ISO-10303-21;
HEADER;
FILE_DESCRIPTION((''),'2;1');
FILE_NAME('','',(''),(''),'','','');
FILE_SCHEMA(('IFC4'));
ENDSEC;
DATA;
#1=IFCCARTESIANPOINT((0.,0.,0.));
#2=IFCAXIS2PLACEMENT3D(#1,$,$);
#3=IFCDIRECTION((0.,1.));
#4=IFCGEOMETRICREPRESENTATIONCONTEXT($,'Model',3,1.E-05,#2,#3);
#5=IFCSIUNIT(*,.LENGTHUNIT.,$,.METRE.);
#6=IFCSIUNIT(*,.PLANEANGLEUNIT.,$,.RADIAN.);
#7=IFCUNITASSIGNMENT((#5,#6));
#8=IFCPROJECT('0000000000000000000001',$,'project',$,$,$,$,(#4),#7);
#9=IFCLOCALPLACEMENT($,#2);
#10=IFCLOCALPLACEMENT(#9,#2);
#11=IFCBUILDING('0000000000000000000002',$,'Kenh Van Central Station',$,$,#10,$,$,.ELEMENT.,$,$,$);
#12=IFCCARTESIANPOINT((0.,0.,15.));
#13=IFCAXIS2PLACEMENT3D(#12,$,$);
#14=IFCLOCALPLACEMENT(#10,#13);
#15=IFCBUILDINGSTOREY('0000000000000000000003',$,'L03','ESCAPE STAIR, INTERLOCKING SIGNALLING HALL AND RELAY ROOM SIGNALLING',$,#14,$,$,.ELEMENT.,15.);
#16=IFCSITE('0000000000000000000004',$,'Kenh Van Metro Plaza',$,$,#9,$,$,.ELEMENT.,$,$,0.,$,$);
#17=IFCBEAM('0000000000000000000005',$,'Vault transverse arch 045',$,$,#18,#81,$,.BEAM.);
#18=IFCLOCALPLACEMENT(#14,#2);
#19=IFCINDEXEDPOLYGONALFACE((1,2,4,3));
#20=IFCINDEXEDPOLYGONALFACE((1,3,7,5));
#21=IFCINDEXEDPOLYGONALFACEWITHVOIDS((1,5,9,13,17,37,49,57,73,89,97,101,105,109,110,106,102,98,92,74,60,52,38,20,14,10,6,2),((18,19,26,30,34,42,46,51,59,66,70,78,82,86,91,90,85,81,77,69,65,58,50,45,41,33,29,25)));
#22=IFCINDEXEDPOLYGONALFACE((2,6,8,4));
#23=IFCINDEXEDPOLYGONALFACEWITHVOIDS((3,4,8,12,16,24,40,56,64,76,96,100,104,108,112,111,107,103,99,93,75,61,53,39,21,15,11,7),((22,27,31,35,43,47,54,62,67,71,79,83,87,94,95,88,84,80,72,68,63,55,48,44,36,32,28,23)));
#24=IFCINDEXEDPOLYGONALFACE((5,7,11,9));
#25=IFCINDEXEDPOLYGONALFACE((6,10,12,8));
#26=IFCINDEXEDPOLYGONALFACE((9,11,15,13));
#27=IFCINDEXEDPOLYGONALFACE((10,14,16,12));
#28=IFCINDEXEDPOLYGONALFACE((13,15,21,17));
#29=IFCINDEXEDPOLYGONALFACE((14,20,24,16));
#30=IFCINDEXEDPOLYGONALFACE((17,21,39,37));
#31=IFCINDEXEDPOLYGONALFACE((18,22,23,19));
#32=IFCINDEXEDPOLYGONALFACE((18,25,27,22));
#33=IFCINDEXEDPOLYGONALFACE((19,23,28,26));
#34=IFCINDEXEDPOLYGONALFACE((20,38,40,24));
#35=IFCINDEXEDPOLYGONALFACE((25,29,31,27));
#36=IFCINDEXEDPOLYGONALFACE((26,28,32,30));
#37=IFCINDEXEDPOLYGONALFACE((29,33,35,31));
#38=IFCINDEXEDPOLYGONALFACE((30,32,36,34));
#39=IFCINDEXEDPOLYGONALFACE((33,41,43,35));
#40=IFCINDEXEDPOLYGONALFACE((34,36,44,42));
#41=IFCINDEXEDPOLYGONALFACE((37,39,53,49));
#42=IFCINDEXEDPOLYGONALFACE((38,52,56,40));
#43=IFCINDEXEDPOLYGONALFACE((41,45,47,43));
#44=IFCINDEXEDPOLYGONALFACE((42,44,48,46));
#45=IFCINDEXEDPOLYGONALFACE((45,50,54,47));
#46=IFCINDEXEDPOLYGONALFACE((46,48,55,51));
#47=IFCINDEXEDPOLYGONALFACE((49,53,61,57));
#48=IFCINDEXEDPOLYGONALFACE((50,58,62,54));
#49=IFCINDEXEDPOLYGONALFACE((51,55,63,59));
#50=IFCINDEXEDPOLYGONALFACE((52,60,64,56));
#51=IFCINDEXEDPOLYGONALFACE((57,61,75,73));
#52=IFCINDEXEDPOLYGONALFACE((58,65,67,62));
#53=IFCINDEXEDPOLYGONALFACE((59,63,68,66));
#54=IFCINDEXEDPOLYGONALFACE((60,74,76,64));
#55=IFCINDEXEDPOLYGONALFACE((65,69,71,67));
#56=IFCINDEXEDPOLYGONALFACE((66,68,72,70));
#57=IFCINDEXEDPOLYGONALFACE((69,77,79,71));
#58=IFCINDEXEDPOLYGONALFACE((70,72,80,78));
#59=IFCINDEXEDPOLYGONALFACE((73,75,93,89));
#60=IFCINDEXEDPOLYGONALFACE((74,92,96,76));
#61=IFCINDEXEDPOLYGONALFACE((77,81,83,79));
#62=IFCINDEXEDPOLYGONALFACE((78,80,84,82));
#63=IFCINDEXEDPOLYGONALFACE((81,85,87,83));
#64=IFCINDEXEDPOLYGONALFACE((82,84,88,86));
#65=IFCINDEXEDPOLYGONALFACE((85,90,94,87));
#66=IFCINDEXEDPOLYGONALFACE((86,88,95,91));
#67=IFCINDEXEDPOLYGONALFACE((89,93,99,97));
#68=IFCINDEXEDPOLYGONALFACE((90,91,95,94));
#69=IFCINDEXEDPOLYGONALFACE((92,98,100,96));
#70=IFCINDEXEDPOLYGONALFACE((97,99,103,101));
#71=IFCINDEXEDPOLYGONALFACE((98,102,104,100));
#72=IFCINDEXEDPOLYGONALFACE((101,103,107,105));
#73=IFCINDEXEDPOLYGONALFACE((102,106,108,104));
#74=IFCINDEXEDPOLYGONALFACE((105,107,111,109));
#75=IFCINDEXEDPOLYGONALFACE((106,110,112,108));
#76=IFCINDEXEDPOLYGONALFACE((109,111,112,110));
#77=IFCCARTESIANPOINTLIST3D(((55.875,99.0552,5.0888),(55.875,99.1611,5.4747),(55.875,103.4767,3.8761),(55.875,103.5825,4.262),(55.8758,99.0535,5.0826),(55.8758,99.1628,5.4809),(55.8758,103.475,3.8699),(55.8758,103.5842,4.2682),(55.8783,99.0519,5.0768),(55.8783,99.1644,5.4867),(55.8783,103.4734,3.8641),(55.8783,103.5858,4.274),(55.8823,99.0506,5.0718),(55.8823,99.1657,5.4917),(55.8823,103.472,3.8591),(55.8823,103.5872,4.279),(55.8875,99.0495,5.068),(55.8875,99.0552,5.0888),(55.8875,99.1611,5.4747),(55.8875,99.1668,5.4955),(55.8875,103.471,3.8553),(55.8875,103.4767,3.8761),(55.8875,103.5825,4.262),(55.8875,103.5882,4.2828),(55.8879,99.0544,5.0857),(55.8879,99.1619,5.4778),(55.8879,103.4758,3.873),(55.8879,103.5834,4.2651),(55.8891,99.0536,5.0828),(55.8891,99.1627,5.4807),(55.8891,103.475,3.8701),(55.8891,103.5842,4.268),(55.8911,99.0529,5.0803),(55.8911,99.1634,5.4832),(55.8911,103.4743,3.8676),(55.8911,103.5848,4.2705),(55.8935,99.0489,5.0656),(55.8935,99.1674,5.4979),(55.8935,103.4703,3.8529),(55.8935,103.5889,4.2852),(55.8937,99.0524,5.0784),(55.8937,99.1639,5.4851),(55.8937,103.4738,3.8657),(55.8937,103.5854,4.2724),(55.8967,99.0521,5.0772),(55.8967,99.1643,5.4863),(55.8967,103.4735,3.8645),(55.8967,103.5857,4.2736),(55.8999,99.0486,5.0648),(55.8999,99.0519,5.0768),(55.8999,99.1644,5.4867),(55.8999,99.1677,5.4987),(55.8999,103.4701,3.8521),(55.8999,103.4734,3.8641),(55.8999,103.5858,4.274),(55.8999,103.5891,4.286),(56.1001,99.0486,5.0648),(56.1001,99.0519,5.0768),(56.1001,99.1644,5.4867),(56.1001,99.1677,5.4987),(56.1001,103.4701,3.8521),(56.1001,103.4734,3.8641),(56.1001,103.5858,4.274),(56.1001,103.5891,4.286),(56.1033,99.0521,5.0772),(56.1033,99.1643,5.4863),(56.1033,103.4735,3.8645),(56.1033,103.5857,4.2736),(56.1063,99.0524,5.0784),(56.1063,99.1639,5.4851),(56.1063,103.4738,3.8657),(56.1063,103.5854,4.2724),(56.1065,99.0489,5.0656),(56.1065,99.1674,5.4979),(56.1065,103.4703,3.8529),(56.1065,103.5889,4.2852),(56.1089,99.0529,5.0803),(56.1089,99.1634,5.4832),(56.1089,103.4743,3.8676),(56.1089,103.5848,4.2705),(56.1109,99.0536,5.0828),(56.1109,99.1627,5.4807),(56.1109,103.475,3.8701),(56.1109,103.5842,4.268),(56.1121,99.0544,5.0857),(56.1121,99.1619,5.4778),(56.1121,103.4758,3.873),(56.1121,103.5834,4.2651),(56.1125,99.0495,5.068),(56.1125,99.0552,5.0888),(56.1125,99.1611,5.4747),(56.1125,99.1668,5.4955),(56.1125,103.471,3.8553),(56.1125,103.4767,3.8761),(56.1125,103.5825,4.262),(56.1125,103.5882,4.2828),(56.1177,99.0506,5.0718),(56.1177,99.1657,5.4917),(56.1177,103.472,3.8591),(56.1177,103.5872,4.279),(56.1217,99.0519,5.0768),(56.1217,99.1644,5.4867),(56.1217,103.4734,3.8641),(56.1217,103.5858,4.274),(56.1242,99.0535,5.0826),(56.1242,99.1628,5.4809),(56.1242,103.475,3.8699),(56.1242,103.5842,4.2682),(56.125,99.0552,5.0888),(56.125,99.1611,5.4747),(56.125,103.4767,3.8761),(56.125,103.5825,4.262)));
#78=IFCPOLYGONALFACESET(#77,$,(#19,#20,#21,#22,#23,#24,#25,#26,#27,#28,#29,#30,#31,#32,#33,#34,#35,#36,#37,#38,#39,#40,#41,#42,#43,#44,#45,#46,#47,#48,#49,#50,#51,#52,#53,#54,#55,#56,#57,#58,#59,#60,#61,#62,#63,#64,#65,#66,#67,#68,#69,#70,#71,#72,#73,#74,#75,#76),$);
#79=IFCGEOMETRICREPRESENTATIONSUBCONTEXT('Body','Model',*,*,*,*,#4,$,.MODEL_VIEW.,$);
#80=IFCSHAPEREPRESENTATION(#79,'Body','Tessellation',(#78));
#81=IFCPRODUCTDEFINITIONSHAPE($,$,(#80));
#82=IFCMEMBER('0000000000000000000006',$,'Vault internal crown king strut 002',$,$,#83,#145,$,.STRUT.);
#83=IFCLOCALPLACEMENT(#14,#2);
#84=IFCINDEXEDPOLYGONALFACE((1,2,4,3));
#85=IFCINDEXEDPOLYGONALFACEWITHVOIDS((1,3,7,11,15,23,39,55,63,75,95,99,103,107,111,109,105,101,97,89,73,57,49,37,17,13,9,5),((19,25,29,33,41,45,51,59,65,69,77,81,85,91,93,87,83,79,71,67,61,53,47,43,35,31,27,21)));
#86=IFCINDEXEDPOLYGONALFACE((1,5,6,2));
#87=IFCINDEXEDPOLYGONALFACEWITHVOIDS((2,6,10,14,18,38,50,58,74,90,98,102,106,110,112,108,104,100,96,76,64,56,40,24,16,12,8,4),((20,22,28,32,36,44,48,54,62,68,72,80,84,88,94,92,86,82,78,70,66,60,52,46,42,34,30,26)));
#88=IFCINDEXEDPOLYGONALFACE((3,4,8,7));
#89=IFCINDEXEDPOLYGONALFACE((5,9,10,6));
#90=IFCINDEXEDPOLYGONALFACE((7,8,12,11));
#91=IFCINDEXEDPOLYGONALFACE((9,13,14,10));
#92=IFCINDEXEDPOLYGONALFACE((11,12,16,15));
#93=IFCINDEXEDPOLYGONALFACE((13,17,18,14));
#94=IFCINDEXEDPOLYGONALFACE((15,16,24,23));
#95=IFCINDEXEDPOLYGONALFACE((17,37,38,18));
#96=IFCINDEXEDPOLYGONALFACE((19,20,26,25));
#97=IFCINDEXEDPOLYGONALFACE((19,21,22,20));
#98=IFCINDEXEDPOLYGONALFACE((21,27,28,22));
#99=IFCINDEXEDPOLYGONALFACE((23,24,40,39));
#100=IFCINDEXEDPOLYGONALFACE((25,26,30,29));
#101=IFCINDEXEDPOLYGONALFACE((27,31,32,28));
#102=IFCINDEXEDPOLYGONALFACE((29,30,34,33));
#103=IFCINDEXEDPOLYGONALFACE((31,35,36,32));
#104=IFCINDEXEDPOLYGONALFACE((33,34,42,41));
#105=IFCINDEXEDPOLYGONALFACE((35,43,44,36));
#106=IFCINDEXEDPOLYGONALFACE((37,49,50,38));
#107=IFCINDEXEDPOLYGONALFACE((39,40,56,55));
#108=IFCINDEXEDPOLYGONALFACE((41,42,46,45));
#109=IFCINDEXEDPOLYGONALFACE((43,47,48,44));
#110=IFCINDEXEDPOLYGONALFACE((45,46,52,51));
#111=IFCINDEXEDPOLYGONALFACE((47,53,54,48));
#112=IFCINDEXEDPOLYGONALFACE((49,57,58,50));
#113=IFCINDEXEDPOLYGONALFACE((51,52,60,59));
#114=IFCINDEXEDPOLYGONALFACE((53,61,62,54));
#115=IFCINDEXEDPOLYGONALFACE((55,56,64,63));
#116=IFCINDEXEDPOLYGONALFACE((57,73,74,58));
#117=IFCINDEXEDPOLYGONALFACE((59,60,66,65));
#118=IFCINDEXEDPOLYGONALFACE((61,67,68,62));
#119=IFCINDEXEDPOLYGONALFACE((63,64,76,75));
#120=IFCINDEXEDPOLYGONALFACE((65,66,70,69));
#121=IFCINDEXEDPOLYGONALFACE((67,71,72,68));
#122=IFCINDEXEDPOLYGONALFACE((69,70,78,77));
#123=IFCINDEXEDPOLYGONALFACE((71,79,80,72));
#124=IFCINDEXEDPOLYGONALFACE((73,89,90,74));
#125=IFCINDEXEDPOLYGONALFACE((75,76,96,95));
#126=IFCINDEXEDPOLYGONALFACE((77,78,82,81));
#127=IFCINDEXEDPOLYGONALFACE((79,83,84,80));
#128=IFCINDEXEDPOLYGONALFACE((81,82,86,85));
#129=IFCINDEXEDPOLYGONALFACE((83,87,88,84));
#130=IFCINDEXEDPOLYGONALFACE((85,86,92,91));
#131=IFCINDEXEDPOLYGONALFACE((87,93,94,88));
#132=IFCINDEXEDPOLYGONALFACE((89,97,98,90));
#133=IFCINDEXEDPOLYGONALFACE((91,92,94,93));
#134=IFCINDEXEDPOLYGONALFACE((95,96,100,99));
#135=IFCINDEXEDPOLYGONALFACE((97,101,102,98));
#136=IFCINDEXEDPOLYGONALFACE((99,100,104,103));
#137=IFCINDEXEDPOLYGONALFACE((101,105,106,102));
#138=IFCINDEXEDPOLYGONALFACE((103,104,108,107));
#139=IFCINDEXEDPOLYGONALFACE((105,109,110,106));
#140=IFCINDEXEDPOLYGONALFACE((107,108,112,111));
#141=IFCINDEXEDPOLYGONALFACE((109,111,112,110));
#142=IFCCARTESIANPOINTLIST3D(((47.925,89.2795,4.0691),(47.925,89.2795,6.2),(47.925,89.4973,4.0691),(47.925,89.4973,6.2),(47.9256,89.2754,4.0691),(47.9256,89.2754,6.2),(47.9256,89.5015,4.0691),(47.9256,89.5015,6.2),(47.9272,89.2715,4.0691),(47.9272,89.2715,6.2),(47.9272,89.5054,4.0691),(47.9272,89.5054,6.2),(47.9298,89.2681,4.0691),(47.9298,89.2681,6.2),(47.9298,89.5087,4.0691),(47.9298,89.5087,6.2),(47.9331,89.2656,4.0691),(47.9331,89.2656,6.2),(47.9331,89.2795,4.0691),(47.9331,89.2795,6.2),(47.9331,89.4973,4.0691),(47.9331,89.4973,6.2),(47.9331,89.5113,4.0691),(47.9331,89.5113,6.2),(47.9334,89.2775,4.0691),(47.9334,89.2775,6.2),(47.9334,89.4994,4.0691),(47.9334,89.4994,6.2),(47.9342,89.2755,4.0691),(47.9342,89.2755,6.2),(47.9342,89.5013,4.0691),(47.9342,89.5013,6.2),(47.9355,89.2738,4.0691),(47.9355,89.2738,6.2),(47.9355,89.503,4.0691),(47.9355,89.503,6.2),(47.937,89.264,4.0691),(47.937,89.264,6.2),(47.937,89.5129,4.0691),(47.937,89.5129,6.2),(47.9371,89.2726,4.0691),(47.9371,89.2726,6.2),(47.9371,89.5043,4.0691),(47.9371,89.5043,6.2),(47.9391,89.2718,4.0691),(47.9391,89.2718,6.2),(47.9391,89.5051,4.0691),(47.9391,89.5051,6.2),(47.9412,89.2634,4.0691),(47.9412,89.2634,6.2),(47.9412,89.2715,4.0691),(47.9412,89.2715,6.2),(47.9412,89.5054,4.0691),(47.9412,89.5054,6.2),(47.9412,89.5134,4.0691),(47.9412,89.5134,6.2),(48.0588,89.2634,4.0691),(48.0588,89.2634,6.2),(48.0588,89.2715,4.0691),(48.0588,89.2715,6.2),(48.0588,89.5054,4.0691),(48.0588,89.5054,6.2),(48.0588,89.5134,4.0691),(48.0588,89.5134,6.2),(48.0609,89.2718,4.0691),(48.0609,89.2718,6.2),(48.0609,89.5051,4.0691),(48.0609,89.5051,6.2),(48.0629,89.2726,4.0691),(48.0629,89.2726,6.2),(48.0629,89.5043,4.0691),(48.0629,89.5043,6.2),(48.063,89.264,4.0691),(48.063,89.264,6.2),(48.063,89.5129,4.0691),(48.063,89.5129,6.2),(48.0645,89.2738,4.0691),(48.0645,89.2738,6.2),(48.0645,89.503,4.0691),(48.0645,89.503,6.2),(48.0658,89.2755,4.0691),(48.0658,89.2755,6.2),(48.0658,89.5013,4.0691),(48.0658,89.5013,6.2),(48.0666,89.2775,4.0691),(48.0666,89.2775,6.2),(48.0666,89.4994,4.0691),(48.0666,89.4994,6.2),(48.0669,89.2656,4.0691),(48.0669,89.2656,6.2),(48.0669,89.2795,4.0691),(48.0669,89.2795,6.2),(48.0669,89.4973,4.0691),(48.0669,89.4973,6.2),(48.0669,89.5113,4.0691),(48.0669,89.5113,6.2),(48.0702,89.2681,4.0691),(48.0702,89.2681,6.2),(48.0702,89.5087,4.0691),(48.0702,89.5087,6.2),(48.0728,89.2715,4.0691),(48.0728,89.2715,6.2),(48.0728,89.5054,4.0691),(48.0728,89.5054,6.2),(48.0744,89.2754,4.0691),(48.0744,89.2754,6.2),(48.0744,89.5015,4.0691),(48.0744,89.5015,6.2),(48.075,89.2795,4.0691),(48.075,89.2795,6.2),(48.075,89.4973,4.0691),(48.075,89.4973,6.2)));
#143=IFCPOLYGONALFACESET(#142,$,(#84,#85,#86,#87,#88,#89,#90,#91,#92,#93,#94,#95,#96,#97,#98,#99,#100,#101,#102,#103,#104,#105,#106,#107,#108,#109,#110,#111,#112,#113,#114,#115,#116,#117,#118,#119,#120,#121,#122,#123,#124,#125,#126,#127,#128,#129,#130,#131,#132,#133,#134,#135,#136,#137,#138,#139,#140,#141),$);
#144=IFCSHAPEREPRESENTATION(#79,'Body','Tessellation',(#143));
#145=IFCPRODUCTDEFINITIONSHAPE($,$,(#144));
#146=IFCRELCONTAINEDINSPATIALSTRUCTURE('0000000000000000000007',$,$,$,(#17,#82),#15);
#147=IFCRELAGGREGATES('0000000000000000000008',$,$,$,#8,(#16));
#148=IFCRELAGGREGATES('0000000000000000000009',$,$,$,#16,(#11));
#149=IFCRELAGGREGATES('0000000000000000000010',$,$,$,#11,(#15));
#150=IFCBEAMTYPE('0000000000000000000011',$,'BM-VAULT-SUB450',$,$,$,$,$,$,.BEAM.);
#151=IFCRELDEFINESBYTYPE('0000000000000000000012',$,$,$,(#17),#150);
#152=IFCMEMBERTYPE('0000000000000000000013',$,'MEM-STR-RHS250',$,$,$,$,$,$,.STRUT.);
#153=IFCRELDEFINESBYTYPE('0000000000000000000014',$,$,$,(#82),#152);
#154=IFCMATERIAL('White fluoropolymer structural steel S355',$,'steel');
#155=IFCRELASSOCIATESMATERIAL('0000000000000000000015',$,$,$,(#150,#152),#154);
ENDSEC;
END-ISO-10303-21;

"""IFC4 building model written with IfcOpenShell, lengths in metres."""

from ifc_helpers import new_model, si_unit, direction, frame, origin, origin_2d, place, context, subcontext, project, spatial, hollow_rectangle, extrude, material, material_profile, profile_set, type_object, element, save


model = new_model("IFC4")

# Units and contexts
model_context = context("Model", 3, precision=1e-05, world=origin(), true_north=direction((0.0, 1.0)))
body_context = subcontext(model_context, "Body", "Model", "MODEL_VIEW")
ifc_project = project(units=[si_unit("LENGTHUNIT", "METRE"), si_unit("PLANEANGLEUNIT", "RADIAN")], contexts=[model_context])

# Site, building, storey
site_placement = place(None, origin())
site = spatial("IfcSite", under=ifc_project, at=site_placement, Name="Kenh Van Metro Plaza", CompositionType="ELEMENT", RefElevation=0.0)
building_placement = place(site_placement, origin())
building = spatial("IfcBuilding", under=site, at=building_placement, Name="Kenh Van Central Station", CompositionType="ELEMENT")
storey_placement = place(building_placement, frame((0.0, 0.0, 15.0)))
storey = spatial("IfcBuildingStorey", under=building, at=storey_placement, Name="L03", Description="ESCAPE STAIR, INTERLOCKING SIGNALLING HALL AND RELAY ROOM SIGNALLING", CompositionType="ELEMENT", Elevation=15.0)

# Beam
ifc_material_1 = material(Name="White fluoropolymer structural steel S355", Category="steel")
ifc_material_profile_1 = material_profile(ifc_material_1, hollow_rectangle(XDim=0.25, YDim=0.45, WallThickness=0.0125, InnerFilletRadius=0.0125, OuterFilletRadius=0.0249, at=origin_2d()), Name="RHS 450x250x12.5")
ifc_profile_set_1 = profile_set([ifc_material_profile_1], Name="White fluoropolymer structural steel S355")
beam_type_1 = type_object("IfcBeamType", Name="BM-VAULT-SUB450", PredefinedType="BEAM", material=ifc_profile_set_1)
beam_1_placement = place(storey_placement, frame((56.0, 99.1082, 5.2817), z_axis=(0.0, 0.964386, -0.2645), x_axis=(-1.0, 0.0, 0.0)))
element("IfcBeam", 1, at=beam_1_placement, inside=storey, type_object=beam_type_1, Name="Vault transverse arch 045", PredefinedType="BEAM", context=body_context, shape_type="SweptSolid", body=[
    extrude(hollow_rectangle(XDim=0.25, YDim=0.45, WallThickness=0.0125, InnerFilletRadius=0.0125, OuterFilletRadius=0.0249, at=origin_2d()), origin(), (0.0, 0.0, 1.0), 4.5847),
])

# Member
ifc_material_profile_2 = material_profile(ifc_material_1, hollow_rectangle(XDim=0.1499, YDim=0.25, WallThickness=0.0081, InnerFilletRadius=0.0081, OuterFilletRadius=0.0161, at=origin_2d()), Name="RHS 250x150x8")
ifc_profile_set_2 = profile_set([ifc_material_profile_2], Name="White fluoropolymer structural steel S355")
member_type_1 = type_object("IfcMemberType", Name="MEM-STR-RHS250", PredefinedType="STRUT", material=ifc_profile_set_2)
for number, where, z_axis, x_axis, name in (
    (2, (48.0, 89.3884, 4.0691), (0.0, 0.0, 1.0), (1.0, 0.0, 0.0), "Vault internal crown king strut 002"),
):
    element("IfcMember", number, at=place(storey_placement, frame(where, z_axis=z_axis, x_axis=x_axis)), inside=storey, type_object=member_type_1, Name=name, PredefinedType="STRUT", context=body_context, shape_type="SweptSolid", body=[
        extrude(hollow_rectangle(XDim=0.1499, YDim=0.25, WallThickness=0.0081, InnerFilletRadius=0.0081, OuterFilletRadius=0.0161, at=origin_2d()), origin(), (0.0, 0.0, 1.0), 2.1309),
    ])

save(model, "model.ifc")
